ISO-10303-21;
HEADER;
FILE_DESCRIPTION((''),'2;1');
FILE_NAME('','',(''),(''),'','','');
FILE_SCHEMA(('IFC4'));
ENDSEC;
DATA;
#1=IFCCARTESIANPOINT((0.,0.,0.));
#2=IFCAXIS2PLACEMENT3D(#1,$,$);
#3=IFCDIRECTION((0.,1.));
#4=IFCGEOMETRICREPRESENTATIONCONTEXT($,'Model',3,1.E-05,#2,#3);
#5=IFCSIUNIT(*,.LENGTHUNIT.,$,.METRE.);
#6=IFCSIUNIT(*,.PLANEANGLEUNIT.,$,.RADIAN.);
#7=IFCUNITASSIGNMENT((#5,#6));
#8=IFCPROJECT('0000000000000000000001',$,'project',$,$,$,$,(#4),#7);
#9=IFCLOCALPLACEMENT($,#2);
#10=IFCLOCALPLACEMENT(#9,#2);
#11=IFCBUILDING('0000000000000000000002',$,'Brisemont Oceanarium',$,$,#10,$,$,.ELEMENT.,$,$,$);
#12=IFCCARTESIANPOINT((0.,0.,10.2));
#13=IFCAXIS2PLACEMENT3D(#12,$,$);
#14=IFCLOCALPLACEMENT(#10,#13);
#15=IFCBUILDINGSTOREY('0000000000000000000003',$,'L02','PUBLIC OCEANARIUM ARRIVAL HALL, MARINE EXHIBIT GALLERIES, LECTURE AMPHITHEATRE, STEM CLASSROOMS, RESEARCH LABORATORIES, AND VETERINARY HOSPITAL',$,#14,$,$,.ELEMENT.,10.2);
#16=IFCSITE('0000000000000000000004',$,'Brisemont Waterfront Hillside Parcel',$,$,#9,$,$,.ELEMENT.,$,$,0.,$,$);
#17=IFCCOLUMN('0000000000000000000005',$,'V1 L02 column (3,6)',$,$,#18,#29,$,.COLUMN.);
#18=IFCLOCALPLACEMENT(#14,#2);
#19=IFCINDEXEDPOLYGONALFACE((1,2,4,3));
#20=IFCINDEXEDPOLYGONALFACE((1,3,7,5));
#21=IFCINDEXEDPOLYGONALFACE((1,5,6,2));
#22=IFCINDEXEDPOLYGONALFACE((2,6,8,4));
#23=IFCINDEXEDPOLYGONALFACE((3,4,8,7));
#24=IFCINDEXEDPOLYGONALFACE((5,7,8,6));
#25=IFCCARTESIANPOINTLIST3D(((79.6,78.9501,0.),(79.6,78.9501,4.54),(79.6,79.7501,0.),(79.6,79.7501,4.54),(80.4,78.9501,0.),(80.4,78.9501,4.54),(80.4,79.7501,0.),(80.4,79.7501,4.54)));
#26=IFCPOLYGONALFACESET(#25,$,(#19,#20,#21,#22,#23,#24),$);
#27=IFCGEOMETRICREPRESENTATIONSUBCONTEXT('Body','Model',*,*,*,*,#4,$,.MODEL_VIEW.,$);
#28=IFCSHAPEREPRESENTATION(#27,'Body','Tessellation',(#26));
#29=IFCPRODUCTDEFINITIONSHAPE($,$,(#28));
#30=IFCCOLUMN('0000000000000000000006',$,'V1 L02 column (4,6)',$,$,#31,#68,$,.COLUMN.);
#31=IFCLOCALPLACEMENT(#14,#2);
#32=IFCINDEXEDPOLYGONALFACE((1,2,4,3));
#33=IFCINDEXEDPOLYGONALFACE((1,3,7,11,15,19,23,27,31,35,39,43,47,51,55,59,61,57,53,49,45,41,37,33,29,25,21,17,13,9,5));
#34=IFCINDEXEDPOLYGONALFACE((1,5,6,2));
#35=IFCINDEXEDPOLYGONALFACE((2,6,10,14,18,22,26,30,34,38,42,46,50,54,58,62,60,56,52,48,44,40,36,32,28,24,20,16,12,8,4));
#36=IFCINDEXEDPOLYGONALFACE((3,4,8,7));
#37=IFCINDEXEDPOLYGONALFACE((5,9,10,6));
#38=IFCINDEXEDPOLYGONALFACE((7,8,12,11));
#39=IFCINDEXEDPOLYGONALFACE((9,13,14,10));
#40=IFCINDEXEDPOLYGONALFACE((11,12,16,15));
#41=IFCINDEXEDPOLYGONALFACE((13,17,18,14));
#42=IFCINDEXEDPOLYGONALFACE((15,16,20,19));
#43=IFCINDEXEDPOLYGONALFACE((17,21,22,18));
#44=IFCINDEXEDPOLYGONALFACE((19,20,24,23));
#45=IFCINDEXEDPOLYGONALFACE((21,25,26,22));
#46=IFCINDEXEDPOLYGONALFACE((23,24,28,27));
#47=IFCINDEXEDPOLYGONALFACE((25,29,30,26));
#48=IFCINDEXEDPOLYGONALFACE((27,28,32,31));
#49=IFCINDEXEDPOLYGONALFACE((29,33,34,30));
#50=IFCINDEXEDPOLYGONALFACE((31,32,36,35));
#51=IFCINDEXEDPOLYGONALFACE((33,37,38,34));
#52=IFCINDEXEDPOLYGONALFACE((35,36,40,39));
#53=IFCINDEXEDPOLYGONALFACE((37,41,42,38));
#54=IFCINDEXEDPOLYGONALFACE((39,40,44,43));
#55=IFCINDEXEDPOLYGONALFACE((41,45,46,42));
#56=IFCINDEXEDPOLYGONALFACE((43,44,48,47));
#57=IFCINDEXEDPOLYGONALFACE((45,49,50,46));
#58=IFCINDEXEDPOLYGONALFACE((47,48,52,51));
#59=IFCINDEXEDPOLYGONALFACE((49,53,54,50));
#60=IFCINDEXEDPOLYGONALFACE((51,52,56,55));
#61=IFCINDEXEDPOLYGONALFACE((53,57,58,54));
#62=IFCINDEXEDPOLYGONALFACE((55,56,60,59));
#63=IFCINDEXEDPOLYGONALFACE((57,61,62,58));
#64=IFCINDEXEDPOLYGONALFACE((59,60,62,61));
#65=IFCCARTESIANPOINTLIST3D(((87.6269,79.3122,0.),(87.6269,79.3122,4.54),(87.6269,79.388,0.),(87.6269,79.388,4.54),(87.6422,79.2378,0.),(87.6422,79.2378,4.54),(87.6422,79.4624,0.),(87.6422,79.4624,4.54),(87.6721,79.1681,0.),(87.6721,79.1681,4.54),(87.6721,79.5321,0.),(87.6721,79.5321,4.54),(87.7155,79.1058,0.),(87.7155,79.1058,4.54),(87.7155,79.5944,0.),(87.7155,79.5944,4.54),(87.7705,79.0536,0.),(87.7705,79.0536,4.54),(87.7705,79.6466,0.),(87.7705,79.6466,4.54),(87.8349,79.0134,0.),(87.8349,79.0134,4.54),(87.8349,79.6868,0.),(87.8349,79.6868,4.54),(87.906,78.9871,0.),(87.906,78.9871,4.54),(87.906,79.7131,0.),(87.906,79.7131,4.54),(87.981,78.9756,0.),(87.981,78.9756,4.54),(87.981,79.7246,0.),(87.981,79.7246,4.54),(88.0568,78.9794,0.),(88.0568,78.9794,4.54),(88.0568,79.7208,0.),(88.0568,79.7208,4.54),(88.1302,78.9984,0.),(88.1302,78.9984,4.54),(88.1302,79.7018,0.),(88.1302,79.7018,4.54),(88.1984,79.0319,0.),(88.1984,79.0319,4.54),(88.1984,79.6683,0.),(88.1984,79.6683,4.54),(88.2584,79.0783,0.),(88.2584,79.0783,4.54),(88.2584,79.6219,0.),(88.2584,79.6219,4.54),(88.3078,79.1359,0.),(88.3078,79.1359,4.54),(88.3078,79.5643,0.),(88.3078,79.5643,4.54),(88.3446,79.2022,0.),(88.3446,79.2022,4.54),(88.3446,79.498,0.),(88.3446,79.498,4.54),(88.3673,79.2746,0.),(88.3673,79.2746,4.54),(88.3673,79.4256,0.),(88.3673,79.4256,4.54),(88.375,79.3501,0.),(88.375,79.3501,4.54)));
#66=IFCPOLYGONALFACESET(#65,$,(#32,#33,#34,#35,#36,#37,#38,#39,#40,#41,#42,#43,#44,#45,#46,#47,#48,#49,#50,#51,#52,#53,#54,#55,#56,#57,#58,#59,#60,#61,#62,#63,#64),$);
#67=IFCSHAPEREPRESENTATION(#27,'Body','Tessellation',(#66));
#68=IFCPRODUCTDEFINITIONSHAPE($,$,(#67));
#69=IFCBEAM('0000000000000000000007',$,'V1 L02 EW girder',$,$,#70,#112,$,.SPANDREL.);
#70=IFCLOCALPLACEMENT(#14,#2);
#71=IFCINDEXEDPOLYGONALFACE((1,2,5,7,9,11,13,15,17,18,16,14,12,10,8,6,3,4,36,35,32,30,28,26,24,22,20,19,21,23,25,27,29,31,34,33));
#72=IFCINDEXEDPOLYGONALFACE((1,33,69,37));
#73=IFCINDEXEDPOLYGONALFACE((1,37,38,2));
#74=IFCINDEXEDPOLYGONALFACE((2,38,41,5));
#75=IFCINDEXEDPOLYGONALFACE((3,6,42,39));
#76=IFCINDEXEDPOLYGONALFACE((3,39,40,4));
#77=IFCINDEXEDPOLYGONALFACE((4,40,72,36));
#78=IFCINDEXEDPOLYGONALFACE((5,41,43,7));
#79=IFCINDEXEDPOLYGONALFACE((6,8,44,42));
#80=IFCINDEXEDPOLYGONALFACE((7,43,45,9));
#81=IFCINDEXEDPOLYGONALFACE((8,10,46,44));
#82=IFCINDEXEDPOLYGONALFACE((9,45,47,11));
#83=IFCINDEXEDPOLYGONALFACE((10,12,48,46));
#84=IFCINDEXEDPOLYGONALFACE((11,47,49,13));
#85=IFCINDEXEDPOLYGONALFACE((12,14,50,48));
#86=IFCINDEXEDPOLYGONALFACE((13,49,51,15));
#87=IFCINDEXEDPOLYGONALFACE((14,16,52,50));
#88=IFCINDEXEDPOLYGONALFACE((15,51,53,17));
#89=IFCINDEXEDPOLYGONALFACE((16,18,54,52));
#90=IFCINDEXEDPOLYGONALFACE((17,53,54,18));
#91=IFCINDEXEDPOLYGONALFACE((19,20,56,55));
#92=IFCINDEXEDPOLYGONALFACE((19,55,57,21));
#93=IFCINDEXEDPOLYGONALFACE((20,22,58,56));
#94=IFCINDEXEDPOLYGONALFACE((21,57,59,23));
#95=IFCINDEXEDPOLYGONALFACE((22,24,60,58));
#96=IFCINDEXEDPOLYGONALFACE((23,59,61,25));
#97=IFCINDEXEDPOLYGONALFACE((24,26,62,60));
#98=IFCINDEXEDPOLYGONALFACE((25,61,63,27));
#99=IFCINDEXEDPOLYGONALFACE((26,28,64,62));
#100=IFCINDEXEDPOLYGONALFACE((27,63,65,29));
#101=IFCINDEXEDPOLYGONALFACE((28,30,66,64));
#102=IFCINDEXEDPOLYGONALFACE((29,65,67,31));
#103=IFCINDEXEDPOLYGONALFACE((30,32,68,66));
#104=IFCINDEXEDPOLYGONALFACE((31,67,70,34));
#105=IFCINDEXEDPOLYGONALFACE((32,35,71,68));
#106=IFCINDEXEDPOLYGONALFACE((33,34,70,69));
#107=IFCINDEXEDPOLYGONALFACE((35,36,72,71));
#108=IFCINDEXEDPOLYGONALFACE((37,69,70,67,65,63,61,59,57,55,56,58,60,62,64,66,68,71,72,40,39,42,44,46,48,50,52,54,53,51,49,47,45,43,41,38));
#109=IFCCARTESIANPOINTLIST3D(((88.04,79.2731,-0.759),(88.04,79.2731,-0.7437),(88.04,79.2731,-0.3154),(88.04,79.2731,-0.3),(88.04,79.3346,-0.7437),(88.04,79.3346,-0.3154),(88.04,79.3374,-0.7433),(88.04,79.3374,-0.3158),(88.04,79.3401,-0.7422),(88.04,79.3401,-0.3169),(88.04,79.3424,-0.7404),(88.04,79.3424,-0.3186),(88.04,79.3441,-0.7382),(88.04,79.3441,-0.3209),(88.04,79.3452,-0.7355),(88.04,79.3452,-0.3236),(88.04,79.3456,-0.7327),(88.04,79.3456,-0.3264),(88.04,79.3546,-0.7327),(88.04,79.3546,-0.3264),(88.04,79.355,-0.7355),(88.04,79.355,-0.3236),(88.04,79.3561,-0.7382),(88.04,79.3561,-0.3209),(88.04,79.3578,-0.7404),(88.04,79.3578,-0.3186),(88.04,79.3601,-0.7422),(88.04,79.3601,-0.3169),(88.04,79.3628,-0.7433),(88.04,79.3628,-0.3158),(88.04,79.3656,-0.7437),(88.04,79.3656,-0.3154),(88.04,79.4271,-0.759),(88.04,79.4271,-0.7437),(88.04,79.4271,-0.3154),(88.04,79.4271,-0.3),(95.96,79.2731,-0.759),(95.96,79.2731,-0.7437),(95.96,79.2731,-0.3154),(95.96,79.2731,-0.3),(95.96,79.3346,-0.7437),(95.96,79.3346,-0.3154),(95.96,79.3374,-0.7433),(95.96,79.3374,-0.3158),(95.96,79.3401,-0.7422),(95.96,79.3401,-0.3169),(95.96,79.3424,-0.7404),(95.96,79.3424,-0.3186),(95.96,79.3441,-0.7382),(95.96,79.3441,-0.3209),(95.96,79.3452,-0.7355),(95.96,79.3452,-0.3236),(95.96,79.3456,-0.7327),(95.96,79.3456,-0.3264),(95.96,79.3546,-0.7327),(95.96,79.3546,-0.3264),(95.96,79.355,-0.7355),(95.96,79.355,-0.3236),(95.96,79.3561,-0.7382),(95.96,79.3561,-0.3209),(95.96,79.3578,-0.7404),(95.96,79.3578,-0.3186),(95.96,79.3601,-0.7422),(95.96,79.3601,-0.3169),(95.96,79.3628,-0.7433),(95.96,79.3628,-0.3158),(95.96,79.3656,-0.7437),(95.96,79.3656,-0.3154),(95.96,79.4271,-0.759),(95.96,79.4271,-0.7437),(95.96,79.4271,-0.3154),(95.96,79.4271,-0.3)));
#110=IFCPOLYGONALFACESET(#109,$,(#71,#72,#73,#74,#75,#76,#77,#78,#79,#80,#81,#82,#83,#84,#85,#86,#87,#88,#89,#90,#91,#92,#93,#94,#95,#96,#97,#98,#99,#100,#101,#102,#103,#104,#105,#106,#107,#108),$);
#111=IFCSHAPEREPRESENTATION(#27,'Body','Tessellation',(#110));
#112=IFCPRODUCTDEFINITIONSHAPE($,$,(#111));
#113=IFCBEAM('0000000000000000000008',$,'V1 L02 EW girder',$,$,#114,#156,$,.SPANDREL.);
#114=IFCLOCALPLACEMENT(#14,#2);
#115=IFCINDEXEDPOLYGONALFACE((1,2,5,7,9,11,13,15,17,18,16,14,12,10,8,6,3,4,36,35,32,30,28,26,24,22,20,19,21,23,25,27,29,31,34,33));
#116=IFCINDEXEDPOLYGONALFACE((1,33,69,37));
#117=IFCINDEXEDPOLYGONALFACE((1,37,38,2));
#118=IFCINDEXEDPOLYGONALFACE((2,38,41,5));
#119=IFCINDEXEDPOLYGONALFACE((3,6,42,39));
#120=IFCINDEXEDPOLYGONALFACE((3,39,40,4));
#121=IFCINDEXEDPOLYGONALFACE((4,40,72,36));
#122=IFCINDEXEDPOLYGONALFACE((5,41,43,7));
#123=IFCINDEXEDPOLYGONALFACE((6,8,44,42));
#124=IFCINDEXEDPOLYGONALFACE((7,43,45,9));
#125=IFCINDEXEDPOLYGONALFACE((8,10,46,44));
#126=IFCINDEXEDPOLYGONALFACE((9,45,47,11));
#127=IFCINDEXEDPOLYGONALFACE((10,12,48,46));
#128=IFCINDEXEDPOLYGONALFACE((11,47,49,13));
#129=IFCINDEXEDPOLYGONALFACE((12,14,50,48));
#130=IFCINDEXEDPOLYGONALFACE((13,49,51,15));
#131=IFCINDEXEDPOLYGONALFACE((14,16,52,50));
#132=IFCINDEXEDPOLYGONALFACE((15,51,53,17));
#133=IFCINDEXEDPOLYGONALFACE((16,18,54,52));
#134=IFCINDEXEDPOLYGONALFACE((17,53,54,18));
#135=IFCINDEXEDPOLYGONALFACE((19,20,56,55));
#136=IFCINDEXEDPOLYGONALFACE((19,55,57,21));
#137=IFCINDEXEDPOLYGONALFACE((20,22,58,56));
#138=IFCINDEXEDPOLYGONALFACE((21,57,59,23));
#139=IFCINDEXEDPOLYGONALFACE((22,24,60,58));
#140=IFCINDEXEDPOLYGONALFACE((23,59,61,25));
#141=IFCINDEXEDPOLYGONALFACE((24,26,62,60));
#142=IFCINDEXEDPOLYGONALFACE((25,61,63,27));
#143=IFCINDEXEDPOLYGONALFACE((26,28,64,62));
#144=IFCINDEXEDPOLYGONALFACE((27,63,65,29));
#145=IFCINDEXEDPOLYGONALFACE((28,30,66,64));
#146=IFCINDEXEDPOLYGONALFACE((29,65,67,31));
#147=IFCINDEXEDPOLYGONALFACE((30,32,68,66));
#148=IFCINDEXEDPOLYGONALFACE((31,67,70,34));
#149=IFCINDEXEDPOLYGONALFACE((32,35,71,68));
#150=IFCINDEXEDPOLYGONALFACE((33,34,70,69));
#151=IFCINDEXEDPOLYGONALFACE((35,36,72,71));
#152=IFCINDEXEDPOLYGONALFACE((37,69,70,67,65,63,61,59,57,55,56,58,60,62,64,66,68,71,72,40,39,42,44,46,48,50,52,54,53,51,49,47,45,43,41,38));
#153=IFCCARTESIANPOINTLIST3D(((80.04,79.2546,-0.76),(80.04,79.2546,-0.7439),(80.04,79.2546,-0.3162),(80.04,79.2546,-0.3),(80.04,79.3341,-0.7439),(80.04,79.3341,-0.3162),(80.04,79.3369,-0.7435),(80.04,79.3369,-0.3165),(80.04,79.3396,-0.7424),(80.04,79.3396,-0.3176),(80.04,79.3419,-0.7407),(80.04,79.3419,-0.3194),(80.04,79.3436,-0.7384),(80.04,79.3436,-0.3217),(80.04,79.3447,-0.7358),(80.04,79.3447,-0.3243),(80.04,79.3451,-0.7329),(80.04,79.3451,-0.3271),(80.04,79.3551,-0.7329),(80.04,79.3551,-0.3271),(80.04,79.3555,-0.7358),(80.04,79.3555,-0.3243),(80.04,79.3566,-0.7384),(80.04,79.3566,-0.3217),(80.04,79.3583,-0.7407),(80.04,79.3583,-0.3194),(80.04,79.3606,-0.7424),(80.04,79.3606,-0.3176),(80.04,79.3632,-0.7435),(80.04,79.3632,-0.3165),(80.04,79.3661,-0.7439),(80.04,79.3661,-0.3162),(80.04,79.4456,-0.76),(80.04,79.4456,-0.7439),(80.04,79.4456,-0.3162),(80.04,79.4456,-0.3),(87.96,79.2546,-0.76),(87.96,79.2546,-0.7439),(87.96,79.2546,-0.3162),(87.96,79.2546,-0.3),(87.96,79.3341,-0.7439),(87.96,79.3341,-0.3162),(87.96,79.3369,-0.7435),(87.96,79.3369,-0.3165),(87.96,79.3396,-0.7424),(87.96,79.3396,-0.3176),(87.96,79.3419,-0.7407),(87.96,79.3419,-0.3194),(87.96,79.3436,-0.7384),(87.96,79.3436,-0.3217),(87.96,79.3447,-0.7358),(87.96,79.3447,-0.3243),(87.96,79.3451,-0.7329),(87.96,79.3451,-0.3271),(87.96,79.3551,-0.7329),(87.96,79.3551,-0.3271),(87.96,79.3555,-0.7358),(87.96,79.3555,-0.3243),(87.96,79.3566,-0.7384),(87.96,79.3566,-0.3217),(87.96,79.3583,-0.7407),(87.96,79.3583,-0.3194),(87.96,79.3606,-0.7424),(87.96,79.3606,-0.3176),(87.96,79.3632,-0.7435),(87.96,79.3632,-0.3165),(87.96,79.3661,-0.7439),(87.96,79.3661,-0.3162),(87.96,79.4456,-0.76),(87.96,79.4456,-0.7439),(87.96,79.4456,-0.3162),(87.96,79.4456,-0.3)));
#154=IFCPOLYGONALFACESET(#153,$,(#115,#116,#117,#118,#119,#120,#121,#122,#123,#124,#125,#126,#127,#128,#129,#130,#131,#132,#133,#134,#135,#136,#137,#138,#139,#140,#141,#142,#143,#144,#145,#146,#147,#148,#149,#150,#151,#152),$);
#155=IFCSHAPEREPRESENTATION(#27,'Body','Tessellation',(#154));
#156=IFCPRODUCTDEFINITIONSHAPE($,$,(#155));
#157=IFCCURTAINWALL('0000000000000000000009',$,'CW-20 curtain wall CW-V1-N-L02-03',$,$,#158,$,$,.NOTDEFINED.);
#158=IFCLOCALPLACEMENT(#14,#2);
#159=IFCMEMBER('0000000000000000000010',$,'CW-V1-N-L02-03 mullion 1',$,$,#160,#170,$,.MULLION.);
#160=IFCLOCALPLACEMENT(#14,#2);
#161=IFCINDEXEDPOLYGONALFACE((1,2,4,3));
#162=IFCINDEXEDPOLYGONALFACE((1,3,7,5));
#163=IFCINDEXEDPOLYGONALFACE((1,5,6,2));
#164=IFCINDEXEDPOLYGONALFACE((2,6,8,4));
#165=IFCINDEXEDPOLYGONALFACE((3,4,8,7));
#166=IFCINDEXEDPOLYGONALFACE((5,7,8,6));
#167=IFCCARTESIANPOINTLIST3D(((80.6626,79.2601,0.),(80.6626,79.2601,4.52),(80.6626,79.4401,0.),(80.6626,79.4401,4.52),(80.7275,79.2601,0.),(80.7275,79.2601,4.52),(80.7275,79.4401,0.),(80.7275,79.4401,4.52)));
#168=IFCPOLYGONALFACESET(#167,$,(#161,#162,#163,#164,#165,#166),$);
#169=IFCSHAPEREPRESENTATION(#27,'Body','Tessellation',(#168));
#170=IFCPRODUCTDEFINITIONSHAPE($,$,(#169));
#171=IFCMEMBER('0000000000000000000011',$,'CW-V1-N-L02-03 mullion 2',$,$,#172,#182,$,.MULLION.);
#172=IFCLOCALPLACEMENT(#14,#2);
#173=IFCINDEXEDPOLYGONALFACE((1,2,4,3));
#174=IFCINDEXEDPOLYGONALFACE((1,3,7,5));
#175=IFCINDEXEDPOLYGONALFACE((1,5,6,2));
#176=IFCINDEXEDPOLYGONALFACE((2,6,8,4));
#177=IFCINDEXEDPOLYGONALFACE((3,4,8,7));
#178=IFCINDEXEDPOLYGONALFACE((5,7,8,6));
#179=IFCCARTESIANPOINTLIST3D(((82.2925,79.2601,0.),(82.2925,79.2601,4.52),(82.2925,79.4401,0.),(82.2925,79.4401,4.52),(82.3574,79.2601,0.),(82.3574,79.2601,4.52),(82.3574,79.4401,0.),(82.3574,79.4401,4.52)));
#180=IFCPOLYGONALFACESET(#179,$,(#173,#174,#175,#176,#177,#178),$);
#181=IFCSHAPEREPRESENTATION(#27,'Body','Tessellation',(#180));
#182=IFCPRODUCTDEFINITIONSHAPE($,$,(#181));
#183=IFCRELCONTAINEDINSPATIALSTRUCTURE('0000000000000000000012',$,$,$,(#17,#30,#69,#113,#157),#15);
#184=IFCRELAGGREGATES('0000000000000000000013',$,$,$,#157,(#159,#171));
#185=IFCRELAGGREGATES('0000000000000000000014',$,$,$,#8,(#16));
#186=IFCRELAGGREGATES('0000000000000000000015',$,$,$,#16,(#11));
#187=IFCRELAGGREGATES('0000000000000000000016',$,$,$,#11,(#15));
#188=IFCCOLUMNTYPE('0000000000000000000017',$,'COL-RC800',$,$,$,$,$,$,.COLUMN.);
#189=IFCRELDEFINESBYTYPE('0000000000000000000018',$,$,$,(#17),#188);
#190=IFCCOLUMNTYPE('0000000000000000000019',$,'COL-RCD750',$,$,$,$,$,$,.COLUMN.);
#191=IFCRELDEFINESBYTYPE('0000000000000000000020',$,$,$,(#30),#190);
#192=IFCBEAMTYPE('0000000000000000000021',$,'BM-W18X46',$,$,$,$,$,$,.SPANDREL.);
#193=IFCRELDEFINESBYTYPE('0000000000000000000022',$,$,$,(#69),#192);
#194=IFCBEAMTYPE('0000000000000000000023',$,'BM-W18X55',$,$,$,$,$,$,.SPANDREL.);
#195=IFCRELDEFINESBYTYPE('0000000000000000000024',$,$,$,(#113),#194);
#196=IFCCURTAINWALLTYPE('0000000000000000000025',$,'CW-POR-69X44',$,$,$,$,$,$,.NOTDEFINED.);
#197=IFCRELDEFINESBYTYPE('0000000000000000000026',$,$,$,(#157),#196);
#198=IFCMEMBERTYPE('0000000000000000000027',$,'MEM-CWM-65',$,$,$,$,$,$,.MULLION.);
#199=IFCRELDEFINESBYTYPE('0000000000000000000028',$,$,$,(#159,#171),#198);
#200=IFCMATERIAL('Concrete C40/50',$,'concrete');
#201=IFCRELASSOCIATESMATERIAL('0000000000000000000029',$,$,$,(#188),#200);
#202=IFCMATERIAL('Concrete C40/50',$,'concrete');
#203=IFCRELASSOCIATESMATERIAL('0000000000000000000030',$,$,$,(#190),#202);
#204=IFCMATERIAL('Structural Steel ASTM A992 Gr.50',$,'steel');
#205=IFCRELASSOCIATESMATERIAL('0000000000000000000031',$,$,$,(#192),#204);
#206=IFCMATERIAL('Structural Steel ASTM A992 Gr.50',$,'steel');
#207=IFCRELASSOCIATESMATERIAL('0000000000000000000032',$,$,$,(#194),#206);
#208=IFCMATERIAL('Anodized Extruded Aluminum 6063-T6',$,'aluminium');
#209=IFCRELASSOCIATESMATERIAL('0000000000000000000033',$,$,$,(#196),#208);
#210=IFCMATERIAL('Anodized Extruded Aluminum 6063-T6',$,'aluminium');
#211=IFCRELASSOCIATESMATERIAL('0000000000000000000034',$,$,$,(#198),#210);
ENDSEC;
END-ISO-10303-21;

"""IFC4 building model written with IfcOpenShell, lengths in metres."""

from ifc_helpers import new_model, si_unit, direction, frame, origin, origin_2d, place, context, subcontext, project, spatial, rectangle, circle, i_section, extrude, material, material_profile, profile_set, type_object, element, aggregate, save


model = new_model("IFC4")

# Units and contexts
model_context = context("Model", 3, precision=1e-05, world=origin(), true_north=direction((0.0, 1.0)))
body_context = subcontext(model_context, "Body", "Model", "MODEL_VIEW")
ifc_project = project(units=[si_unit("LENGTHUNIT", "METRE"), si_unit("PLANEANGLEUNIT", "RADIAN")], contexts=[model_context])

# Site, building, storey
site_placement = place(None, origin())
site = spatial("IfcSite", under=ifc_project, at=site_placement, Name="Brisemont Waterfront Hillside Parcel", CompositionType="ELEMENT", RefElevation=0.0)
building_placement = place(site_placement, origin())
building = spatial("IfcBuilding", under=site, at=building_placement, Name="Brisemont Oceanarium", CompositionType="ELEMENT")
storey_placement = place(building_placement, frame((0.0, 0.0, 10.2)))
storey = spatial("IfcBuildingStorey", under=building, at=storey_placement, Name="L02", Description="PUBLIC OCEANARIUM ARRIVAL HALL, MARINE EXHIBIT GALLERIES, LECTURE AMPHITHEATRE, STEM CLASSROOMS, RESEARCH LABORATORIES, AND VETERINARY HOSPITAL", CompositionType="ELEMENT", Elevation=10.2)

# Columns
ifc_material_1 = material(Name="Concrete C40/50", Category="concrete")
ifc_material_profile_1 = material_profile(ifc_material_1, rectangle(XDim=0.8, YDim=0.8, at=origin_2d()), Name="RC-COL-800X800")
ifc_profile_set_1 = profile_set([ifc_material_profile_1], Name="Concrete C40/50")
column_type_1 = type_object("IfcColumnType", Name="COL-RC800", PredefinedType="COLUMN", material=ifc_profile_set_1)
column_1_placement = place(storey_placement, frame((80.0, 79.3501, 0.0), z_axis=(0.0, 0.0, 1.0), x_axis=(0.0, 1.0, 0.0)))
element("IfcColumn", 1, at=column_1_placement, inside=storey, type_object=column_type_1, Name="V1 L02 column (3,6)", PredefinedType="COLUMN", context=body_context, shape_type="SweptSolid", body=[
    extrude(rectangle(XDim=0.8, YDim=0.8, at=origin_2d()), origin(), (0.0, 0.0, 1.0), 4.54),
])
ifc_material_2 = material(Name="Concrete C40/50", Category="concrete")
ifc_material_profile_2 = material_profile(ifc_material_2, circle(Radius=0.375, at=origin_2d()), Name="RC-COL-D750")
ifc_profile_set_2 = profile_set([ifc_material_profile_2], Name="Concrete C40/50")
column_type_2 = type_object("IfcColumnType", Name="COL-RCD750", PredefinedType="COLUMN", material=ifc_profile_set_2)
column_2_placement = place(storey_placement, frame((88.0, 79.3501, 0.0), z_axis=(0.0, 0.0, 1.0), x_axis=(1.0, 0.0, 0.0)))
element("IfcColumn", 2, at=column_2_placement, inside=storey, type_object=column_type_2, Name="V1 L02 column (4,6)", PredefinedType="COLUMN", context=body_context, shape_type="SweptSolid", body=[
    extrude(circle(Radius=0.375, at=origin_2d()), origin(), (0.0, 0.0, 1.0), 4.54),
])

# Beams
ifc_material_3 = material(Name="Structural Steel ASTM A992 Gr.50", Category="steel")
ifc_material_profile_3 = material_profile(ifc_material_3, i_section(OverallWidth=0.1541, OverallDepth=0.459, WebThickness=0.009, FlangeThickness=0.0154, FilletRadius=0.011, at=origin_2d()), Name="W18X46")
ifc_profile_set_3 = profile_set([ifc_material_profile_3], Name="Structural Steel ASTM A992 Gr.50")
beam_type_1 = type_object("IfcBeamType", Name="BM-W18X46", PredefinedType="SPANDREL", material=ifc_profile_set_3)
beam_1_placement = place(storey_placement, frame((88.04, 79.3501, -0.5295), z_axis=(1.0, 0.0, 0.0), x_axis=(0.0, 1.0, 0.0)))
element("IfcBeam", 3, at=beam_1_placement, inside=storey, type_object=beam_type_1, Name="V1 L02 EW girder", PredefinedType="SPANDREL", context=body_context, shape_type="SweptSolid", body=[
    extrude(i_section(OverallWidth=0.1541, OverallDepth=0.459, WebThickness=0.009, FlangeThickness=0.0154, FilletRadius=0.011, at=origin_2d()), origin(), (0.0, 0.0, 1.0), 7.9199),
])
ifc_material_4 = material(Name="Structural Steel ASTM A992 Gr.50", Category="steel")
ifc_material_profile_4 = material_profile(ifc_material_4, i_section(OverallWidth=0.1909, OverallDepth=0.46, WebThickness=0.01, FlangeThickness=0.0161, FilletRadius=0.011, at=origin_2d()), Name="W18X55")
ifc_profile_set_4 = profile_set([ifc_material_profile_4], Name="Structural Steel ASTM A992 Gr.50")
beam_type_2 = type_object("IfcBeamType", Name="BM-W18X55", PredefinedType="SPANDREL", material=ifc_profile_set_4)
beam_2_placement = place(storey_placement, frame((80.04, 79.3501, -0.53), z_axis=(1.0, 0.0, 0.0), x_axis=(0.0, 1.0, 0.0)))
element("IfcBeam", 4, at=beam_2_placement, inside=storey, type_object=beam_type_2, Name="V1 L02 EW girder", PredefinedType="SPANDREL", context=body_context, shape_type="SweptSolid", body=[
    extrude(i_section(OverallWidth=0.1909, OverallDepth=0.46, WebThickness=0.01, FlangeThickness=0.0161, FilletRadius=0.011, at=origin_2d()), origin(), (0.0, 0.0, 1.0), 7.9199),
])

# Curtain wall, members
ifc_material_5 = material(Name="Anodized Extruded Aluminum 6063-T6", Category="aluminium")
curtain_wall_type = type_object("IfcCurtainWallType", Name="CW-POR-69X44", PredefinedType="NOTDEFINED", material=ifc_material_5)
curtain_wall_1_placement = place(storey_placement, origin())
curtain_wall_1 = element("IfcCurtainWall", 5, at=curtain_wall_1_placement, inside=storey, type_object=curtain_wall_type, Name="CW-20 curtain wall CW-V1-N-L02-03", PredefinedType="NOTDEFINED")
ifc_material_6 = material(Name="Anodized Extruded Aluminum 6063-T6", Category="aluminium")
ifc_material_profile_5 = material_profile(ifc_material_6, rectangle(XDim=0.0649, YDim=0.1799, at=origin_2d()), Name="CWM-65X180")
ifc_profile_set_5 = profile_set([ifc_material_profile_5], Name="Anodized Extruded Aluminum 6063-T6")
member_type_1 = type_object("IfcMemberType", Name="MEM-CWM-65", PredefinedType="MULLION", material=ifc_profile_set_5)
member_1_placement = place(storey_placement, frame((80.6951, 79.3501, 0.0), z_axis=(0.0, 0.0, 1.0), x_axis=(1.0, 0.0, 0.0)))
member_1 = element("IfcMember", 6, at=member_1_placement, type_object=member_type_1, Name="CW-V1-N-L02-03 mullion 1", PredefinedType="MULLION", context=body_context, shape_type="SweptSolid", body=[
    extrude(rectangle(XDim=0.0649, YDim=0.1799, at=origin_2d()), origin(), (0.0, 0.0, 1.0), 4.52),
])
member_2_placement = place(storey_placement, frame((82.325, 79.3501, 0.0), z_axis=(0.0, 0.0, 1.0), x_axis=(1.0, 0.0, 0.0)))
member_2 = element("IfcMember", 7, at=member_2_placement, type_object=member_type_1, Name="CW-V1-N-L02-03 mullion 2", PredefinedType="MULLION", context=body_context, shape_type="SweptSolid", body=[
    extrude(rectangle(XDim=0.0649, YDim=0.1799, at=origin_2d()), origin(), (0.0, 0.0, 1.0), 4.52),
])

aggregate(curtain_wall_1, [member_1, member_2])

save(model, "model.ifc")
